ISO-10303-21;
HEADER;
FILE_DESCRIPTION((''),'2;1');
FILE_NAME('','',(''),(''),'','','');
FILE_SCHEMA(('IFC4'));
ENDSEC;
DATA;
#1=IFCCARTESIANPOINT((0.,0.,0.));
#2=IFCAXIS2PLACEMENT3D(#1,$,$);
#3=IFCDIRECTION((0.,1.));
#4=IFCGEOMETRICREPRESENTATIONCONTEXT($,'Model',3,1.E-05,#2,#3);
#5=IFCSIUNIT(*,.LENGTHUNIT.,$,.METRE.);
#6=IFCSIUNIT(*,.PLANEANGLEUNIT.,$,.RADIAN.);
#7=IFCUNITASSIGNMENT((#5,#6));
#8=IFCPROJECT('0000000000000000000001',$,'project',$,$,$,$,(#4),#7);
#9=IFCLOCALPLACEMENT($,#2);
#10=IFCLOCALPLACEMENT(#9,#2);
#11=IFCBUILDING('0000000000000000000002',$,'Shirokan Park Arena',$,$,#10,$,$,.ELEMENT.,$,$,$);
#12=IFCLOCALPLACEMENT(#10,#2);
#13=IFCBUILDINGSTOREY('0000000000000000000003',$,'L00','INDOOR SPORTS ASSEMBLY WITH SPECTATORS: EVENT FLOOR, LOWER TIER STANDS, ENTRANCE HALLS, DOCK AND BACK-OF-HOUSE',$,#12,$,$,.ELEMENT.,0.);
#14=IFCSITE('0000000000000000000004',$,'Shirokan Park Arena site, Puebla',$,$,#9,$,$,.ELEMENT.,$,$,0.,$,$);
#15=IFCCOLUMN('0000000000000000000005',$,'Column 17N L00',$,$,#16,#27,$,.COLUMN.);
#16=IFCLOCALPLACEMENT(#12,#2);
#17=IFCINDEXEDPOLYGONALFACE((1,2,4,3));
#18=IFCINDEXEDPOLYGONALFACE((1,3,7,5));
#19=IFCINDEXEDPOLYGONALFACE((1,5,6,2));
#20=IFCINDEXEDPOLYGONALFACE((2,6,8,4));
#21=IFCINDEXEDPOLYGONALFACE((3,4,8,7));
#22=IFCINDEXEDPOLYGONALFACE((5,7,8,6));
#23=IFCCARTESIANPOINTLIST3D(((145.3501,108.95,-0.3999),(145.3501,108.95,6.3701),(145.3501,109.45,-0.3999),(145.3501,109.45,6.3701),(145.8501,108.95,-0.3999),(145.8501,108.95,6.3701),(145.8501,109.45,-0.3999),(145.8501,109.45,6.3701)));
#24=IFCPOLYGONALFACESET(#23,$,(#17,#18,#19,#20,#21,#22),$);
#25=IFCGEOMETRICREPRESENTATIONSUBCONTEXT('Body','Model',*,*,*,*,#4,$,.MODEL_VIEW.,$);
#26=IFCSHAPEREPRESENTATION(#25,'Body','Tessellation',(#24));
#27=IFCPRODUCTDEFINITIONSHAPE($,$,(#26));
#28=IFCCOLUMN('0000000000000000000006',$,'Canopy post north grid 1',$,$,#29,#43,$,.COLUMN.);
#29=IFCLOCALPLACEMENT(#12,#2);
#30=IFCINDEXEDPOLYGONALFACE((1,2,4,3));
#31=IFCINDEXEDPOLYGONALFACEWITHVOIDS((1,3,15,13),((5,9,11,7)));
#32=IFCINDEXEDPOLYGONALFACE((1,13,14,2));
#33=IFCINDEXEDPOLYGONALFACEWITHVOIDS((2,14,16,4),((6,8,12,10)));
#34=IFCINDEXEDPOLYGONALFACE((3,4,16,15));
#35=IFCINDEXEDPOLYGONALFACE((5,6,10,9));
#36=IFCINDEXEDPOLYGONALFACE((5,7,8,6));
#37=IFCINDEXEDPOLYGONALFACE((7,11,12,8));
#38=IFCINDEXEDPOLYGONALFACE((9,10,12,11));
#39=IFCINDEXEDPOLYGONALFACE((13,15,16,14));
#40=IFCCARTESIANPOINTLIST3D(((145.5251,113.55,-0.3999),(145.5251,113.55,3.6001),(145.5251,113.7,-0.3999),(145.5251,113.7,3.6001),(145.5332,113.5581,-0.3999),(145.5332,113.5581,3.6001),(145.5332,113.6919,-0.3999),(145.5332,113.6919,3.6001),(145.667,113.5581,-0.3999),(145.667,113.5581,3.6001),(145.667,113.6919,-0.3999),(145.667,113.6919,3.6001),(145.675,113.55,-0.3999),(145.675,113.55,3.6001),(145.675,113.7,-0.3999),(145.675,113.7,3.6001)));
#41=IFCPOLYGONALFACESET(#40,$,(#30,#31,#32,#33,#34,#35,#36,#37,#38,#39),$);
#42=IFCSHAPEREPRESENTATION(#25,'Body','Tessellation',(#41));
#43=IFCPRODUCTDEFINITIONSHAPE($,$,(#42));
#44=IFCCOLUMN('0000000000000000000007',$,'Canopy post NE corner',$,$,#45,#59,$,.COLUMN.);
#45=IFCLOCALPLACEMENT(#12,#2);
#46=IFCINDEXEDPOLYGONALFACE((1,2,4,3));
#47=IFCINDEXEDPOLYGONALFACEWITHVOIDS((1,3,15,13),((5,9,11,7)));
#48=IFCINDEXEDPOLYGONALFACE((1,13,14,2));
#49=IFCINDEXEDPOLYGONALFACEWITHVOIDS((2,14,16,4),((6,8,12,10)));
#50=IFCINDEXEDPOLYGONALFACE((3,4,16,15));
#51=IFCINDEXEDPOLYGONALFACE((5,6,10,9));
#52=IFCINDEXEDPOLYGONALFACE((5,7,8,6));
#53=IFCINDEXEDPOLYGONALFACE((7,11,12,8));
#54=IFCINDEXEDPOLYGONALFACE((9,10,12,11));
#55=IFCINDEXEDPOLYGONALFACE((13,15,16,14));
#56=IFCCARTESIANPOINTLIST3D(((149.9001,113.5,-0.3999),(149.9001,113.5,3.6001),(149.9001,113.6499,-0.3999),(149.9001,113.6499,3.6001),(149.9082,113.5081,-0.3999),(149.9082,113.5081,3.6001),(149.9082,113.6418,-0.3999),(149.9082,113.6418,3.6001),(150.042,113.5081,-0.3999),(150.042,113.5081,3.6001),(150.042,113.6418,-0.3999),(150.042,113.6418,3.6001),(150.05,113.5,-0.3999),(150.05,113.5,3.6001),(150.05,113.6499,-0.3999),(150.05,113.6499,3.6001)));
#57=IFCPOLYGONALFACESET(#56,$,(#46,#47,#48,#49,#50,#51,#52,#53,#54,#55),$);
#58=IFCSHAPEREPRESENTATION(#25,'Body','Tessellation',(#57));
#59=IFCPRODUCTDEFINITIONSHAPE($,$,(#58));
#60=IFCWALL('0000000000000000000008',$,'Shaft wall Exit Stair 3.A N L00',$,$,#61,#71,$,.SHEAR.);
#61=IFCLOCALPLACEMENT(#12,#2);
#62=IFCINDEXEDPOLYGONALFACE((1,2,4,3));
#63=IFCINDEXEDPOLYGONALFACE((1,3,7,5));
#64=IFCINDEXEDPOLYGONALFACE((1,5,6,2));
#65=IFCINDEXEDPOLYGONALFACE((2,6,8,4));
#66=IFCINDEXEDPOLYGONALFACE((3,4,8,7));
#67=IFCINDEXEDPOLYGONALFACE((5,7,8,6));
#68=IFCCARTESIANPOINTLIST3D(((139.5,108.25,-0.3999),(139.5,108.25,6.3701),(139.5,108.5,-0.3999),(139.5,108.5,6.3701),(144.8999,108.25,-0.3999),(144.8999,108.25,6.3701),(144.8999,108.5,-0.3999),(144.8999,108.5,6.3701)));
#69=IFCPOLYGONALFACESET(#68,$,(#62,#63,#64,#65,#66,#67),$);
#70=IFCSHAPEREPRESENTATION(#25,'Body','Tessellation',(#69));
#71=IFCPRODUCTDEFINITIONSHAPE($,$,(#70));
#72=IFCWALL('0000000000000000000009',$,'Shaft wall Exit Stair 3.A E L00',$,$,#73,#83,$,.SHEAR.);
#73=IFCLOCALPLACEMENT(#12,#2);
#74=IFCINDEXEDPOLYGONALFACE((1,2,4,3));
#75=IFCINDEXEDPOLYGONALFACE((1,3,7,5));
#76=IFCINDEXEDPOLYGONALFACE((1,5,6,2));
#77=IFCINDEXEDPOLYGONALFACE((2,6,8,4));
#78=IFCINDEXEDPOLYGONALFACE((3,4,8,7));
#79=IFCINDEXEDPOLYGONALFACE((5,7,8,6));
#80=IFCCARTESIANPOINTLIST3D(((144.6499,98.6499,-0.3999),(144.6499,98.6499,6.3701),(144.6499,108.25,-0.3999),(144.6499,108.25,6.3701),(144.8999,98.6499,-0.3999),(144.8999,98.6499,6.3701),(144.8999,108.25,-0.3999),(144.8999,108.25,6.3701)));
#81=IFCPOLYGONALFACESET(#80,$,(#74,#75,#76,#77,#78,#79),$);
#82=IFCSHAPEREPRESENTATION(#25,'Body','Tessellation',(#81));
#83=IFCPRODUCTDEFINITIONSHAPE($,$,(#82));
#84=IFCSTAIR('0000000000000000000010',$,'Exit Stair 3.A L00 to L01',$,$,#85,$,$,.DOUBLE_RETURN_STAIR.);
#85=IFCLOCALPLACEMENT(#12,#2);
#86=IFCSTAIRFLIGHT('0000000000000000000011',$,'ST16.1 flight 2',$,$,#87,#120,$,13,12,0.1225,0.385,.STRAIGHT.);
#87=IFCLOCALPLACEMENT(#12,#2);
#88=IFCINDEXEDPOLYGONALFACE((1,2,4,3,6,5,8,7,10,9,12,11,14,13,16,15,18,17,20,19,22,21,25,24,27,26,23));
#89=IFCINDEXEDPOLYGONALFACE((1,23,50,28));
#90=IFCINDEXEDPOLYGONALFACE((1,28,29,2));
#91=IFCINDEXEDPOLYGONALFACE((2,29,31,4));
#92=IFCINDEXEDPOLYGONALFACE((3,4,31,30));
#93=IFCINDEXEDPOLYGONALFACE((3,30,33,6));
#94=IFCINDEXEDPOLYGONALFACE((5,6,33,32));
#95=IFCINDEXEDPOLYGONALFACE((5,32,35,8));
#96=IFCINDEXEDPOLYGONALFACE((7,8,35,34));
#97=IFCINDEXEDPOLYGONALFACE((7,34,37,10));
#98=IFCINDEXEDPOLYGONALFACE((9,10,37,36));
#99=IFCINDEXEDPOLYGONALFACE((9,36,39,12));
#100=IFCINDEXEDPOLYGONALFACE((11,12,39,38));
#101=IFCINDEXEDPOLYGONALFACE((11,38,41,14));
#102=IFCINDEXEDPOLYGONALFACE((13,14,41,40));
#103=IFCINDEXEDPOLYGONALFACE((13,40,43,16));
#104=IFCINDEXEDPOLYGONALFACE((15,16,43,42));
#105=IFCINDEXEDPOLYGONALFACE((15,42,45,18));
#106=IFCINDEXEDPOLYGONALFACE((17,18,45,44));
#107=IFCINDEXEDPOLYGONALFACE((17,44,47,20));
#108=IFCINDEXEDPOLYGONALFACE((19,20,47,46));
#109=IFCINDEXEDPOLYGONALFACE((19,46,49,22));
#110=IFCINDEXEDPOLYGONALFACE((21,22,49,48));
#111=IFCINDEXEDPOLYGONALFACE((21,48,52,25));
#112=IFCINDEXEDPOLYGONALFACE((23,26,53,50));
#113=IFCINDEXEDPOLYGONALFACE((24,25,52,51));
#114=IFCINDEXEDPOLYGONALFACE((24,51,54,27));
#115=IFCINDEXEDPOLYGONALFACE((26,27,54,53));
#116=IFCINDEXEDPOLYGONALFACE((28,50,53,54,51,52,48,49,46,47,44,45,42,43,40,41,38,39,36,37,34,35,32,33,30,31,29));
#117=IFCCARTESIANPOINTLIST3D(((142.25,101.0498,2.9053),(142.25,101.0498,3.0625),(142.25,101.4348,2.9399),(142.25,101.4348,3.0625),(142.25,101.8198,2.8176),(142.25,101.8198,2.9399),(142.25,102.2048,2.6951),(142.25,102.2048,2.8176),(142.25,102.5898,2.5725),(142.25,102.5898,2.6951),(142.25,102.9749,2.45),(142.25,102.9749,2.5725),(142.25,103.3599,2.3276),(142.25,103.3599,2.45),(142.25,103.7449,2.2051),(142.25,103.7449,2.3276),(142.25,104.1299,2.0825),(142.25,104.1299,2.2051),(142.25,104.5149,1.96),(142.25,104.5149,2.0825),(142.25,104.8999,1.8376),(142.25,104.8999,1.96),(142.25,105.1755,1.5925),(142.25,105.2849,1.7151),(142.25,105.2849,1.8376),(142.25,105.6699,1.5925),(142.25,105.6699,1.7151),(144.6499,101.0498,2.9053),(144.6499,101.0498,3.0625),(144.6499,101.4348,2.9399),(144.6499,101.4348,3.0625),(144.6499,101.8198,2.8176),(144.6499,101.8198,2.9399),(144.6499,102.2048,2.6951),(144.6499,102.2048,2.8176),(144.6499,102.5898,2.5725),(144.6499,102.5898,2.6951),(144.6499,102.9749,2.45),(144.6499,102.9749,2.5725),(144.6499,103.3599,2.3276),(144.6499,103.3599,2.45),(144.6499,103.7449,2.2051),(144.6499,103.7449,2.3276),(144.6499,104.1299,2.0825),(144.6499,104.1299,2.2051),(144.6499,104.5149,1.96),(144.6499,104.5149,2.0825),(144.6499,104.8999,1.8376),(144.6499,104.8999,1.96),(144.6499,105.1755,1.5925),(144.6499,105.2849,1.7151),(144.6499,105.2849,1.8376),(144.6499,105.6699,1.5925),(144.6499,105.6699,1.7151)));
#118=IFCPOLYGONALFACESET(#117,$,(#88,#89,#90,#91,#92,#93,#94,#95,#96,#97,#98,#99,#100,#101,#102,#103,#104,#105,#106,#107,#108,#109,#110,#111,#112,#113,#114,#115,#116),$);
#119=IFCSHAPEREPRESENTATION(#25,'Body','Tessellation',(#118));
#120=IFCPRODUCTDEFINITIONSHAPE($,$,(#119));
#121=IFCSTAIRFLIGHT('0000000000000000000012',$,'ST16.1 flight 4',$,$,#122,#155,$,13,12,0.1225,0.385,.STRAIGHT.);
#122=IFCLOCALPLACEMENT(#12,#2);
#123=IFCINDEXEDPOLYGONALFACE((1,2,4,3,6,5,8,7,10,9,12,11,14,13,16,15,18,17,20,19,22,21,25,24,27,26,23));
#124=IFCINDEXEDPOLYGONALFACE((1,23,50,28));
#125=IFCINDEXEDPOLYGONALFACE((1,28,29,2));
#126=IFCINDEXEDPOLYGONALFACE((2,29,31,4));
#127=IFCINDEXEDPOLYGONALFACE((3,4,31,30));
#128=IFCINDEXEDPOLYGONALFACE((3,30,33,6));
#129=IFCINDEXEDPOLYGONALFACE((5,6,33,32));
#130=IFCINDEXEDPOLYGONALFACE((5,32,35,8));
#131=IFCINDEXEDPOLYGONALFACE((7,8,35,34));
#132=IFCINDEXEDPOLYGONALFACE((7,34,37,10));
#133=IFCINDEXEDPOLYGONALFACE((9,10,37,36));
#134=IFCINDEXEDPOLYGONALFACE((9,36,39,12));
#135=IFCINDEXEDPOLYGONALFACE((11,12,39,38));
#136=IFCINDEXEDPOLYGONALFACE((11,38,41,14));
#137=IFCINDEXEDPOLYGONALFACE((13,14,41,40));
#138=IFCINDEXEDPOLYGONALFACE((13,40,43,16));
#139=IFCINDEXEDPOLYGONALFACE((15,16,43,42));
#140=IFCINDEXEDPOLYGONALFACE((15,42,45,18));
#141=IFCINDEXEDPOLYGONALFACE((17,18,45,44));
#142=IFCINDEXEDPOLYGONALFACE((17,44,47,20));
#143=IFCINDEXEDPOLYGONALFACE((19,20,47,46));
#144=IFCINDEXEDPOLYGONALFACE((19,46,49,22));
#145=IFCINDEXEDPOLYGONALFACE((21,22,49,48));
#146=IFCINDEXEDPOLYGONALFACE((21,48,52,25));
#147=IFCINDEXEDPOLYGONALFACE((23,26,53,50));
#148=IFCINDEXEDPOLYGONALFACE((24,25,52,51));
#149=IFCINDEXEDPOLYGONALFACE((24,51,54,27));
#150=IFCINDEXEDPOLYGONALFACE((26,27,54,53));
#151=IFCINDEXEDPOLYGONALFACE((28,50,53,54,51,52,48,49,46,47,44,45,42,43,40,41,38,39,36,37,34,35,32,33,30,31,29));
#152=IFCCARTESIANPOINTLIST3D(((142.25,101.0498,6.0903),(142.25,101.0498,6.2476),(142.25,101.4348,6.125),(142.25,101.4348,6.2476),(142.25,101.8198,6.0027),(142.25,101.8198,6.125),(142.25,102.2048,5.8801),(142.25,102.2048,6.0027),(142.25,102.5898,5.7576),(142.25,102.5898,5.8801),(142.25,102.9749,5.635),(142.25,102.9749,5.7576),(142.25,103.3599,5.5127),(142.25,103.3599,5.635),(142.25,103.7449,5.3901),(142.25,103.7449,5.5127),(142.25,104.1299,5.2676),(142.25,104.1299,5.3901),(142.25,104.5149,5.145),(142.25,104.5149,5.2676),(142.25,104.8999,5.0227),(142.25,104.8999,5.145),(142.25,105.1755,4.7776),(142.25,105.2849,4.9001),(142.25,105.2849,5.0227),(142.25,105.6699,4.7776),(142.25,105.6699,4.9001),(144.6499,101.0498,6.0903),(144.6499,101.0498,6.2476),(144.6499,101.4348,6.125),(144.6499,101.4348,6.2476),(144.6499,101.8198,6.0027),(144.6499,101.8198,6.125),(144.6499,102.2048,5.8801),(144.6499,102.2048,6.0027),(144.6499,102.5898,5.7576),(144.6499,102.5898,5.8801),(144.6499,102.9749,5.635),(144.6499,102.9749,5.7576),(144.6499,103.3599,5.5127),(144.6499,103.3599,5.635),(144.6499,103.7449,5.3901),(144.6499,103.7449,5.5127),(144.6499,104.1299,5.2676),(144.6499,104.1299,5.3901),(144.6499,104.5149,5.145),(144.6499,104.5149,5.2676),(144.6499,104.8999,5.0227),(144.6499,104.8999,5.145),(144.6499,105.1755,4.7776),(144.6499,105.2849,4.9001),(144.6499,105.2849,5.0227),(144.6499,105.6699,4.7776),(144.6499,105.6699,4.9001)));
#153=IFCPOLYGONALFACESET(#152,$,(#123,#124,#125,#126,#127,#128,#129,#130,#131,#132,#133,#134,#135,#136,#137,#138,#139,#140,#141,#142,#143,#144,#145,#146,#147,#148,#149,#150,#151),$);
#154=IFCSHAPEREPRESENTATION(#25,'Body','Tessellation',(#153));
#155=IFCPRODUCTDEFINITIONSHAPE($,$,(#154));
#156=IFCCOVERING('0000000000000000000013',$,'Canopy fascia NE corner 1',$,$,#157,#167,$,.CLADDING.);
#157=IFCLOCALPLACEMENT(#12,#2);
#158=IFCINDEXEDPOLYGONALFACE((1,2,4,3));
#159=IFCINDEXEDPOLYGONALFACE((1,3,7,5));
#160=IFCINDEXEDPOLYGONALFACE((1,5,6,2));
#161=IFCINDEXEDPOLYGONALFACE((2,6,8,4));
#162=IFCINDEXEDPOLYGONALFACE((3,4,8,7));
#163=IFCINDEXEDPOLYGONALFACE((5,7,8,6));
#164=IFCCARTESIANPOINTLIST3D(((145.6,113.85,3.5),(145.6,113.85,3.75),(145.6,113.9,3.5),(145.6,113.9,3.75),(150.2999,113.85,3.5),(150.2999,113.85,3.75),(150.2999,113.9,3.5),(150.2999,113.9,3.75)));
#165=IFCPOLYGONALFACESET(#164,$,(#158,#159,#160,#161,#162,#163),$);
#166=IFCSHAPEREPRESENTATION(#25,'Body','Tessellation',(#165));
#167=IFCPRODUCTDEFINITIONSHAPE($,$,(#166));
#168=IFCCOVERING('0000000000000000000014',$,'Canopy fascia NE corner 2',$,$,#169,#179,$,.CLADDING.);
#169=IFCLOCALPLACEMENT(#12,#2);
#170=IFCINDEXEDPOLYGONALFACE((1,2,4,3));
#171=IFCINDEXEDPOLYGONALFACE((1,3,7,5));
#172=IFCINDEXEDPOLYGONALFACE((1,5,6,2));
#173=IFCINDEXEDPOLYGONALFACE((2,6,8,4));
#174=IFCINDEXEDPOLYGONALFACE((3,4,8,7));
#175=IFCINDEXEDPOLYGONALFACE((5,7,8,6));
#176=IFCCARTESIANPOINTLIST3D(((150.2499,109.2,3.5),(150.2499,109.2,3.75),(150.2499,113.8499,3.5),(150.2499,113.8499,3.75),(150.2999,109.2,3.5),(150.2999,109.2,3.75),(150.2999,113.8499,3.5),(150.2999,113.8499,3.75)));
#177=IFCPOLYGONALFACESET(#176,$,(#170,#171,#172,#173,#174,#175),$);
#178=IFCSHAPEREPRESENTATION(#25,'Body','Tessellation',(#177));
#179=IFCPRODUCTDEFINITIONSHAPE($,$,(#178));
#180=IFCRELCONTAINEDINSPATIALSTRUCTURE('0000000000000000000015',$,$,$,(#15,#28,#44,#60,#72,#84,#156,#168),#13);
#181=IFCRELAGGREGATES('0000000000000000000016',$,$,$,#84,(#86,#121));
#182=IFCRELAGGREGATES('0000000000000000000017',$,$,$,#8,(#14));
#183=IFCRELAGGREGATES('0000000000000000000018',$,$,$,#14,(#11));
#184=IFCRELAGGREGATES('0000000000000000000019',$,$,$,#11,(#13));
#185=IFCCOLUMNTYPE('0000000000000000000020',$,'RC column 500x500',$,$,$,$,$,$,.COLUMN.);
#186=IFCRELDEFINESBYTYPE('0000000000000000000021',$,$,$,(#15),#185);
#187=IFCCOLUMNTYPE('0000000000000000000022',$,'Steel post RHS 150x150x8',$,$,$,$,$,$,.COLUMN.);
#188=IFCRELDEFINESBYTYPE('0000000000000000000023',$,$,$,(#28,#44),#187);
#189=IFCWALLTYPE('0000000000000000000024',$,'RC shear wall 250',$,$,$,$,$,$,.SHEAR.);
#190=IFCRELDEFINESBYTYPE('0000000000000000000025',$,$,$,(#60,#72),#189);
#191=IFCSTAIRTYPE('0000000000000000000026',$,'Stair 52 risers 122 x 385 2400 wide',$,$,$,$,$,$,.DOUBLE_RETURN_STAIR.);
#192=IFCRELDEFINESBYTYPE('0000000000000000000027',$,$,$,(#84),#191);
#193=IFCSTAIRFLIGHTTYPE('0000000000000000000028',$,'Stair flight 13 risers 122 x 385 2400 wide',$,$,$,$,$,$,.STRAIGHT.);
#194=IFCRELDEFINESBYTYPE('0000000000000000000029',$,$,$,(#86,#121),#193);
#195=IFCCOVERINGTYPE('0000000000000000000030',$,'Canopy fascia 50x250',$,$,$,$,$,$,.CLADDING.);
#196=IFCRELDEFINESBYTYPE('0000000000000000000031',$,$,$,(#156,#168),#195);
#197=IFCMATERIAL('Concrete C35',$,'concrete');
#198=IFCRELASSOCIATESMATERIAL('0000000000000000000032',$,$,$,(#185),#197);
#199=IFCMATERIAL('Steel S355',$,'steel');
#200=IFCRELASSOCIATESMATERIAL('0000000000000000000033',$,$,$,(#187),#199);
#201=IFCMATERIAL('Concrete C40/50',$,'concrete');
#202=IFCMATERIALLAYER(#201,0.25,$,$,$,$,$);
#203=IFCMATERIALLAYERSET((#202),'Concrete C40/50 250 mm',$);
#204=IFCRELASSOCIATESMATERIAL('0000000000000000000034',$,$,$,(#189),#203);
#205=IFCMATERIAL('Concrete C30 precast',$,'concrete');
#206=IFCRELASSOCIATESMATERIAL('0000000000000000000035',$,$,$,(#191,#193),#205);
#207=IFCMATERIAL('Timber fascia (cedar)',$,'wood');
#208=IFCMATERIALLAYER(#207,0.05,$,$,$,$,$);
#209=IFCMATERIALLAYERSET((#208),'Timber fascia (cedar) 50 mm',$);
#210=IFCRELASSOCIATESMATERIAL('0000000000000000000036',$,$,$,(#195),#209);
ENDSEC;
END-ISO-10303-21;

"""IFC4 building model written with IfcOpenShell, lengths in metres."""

from ifc_helpers import new_model, si_unit, direction, frame, frame_2d, origin, origin_2d, place, context, subcontext, project, spatial, polyline, rectangle, hollow_rectangle, outline, extrude, material, layer, layer_set, material_profile, profile_set, type_object, element, aggregate, save


model = new_model("IFC4")

# Units and contexts
model_context = context("Model", 3, precision=1e-05, world=origin(), true_north=direction((0.0, 1.0)))
body_context = subcontext(model_context, "Body", "Model", "MODEL_VIEW")
ifc_project = project(units=[si_unit("LENGTHUNIT", "METRE"), si_unit("PLANEANGLEUNIT", "RADIAN")], contexts=[model_context])

# Site, building, storey
site_placement = place(None, origin())
site = spatial("IfcSite", under=ifc_project, at=site_placement, Name="Shirokan Park Arena site, Puebla", CompositionType="ELEMENT", RefElevation=0.0)
building_placement = place(site_placement, origin())
building = spatial("IfcBuilding", under=site, at=building_placement, Name="Shirokan Park Arena", CompositionType="ELEMENT")
storey_placement = place(building_placement, origin())
storey = spatial("IfcBuildingStorey", under=building, at=storey_placement, Name="L00", Description="INDOOR SPORTS ASSEMBLY WITH SPECTATORS: EVENT FLOOR, LOWER TIER STANDS, ENTRANCE HALLS, DOCK AND BACK-OF-HOUSE", CompositionType="ELEMENT", Elevation=0.0)

# Columns
ifc_material_1 = material(Name="Concrete C35", Category="concrete")
ifc_material_profile_1 = material_profile(ifc_material_1, rectangle(XDim=0.5, YDim=0.5, at=origin_2d()), Name="500x500")
ifc_profile_set_1 = profile_set([ifc_material_profile_1], Name="Concrete C35")
column_type_1 = type_object("IfcColumnType", Name="RC column 500x500", PredefinedType="COLUMN", material=ifc_profile_set_1)
column_placement = place(storey_placement, frame((145.6001, 109.2, -0.3999), z_axis=(0.0, 0.0, 1.0), x_axis=(1.0, 0.0, 0.0)))
element("IfcColumn", 1, at=column_placement, inside=storey, type_object=column_type_1, Name="Column 17N L00", PredefinedType="COLUMN", context=body_context, shape_type="SweptSolid", body=[
    extrude(rectangle(XDim=0.5, YDim=0.5, at=origin_2d()), origin(), (0.0, 0.0, 1.0), 6.77),
])
ifc_material_2 = material(Name="Steel S355", Category="steel")
ifc_material_profile_2 = material_profile(ifc_material_2, hollow_rectangle(XDim=0.1499, YDim=0.1499, WallThickness=0.0081, at=origin_2d()), Name="RHS 150x150x8")
ifc_profile_set_2 = profile_set([ifc_material_profile_2], Name="Steel S355")
column_type_2 = type_object("IfcColumnType", Name="Steel post RHS 150x150x8", PredefinedType="COLUMN", material=ifc_profile_set_2)
for number, where, z_axis, x_axis, name in (
    (2, (145.6001, 113.625, -0.3999), (0.0, 0.0, 1.0), (1.0, 0.0, 0.0), "Canopy post north grid 1"),
    (3, (149.9751, 113.575, -0.3999), (0.0, 0.0, 1.0), (1.0, 0.0, 0.0), "Canopy post NE corner"),
):
    element("IfcColumn", number, at=place(storey_placement, frame(where, z_axis=z_axis, x_axis=x_axis)), inside=storey, type_object=column_type_2, Name=name, PredefinedType="COLUMN", context=body_context, shape_type="SweptSolid", body=[
        extrude(hollow_rectangle(XDim=0.1499, YDim=0.1499, WallThickness=0.0081, at=origin_2d()), origin(), (0.0, 0.0, 1.0), 4.0),
    ])

# Walls
ifc_material_3 = material(Name="Concrete C40/50", Category="concrete")
ifc_layer_1 = layer(ifc_material_3, 0.25)
ifc_layer_set_1 = layer_set([ifc_layer_1], Name="Concrete C40/50 250 mm")
wall_type_1 = type_object("IfcWallType", Name="RC shear wall 250", PredefinedType="SHEAR", material=ifc_layer_set_1)
wall_1_placement = place(storey_placement, frame((144.8999, 108.375, -0.3999), z_axis=(0.0, 0.0, 1.0), x_axis=(-1.0, 0.0, 0.0)))
element("IfcWall", 4, at=wall_1_placement, inside=storey, type_object=wall_type_1, Name="Shaft wall Exit Stair 3.A N L00", PredefinedType="SHEAR", context=body_context, shape_type="SweptSolid", body=[
    extrude(rectangle(XDim=5.3999, YDim=0.25, at=frame_2d((2.7, 0.0))), origin(), (0.0, 0.0, 1.0), 6.77),
])
wall_2_placement = place(storey_placement, frame((144.7749, 108.25, -0.3999), z_axis=(0.0, 0.0, 1.0), x_axis=(0.0, -1.0, 0.0)))
element("IfcWall", 5, at=wall_2_placement, inside=storey, type_object=wall_type_1, Name="Shaft wall Exit Stair 3.A E L00", PredefinedType="SHEAR", context=body_context, shape_type="SweptSolid", body=[
    extrude(rectangle(XDim=9.6001, YDim=0.25, at=frame_2d((4.8, 0.0))), origin(), (0.0, 0.0, 1.0), 6.77),
])

# Stair, stair flights
ifc_material_4 = material(Name="Concrete C30 precast", Category="concrete")
stair_type = type_object("IfcStairType", Name="Stair 52 risers 122 x 385 2400 wide", PredefinedType="DOUBLE_RETURN_STAIR", material=ifc_material_4)
stair_placement = place(storey_placement, origin())
stair = element("IfcStair", 6, at=stair_placement, inside=storey, type_object=stair_type, Name="Exit Stair 3.A L00 to L01", PredefinedType="DOUBLE_RETURN_STAIR")
stair_flight_type = type_object("IfcStairFlightType", Name="Stair flight 13 risers 122 x 385 2400 wide", PredefinedType="STRAIGHT", material=ifc_material_4)
stair_flight_1_placement = place(storey_placement, frame((143.45, 105.6699, 1.5925), z_axis=(0.0, 0.0, 1.0), x_axis=(0.0, -1.0, 0.0)))
stair_flight_1 = element("IfcStairFlight", 7, at=stair_flight_1_placement, type_object=stair_flight_type, Name="ST16.1 flight 2", NumberOfRisers=13, NumberOfTreads=12, PredefinedType="STRAIGHT", RiserHeight=0.1225, TreadLength=0.385, context=body_context, shape_type="SweptSolid", body=[
    extrude(outline(polyline([(0.0, 0.0), (0.0, 0.1226), (0.385, 0.1226), (0.385, 0.2451), (0.77, 0.2451), (0.77, 0.3674), (1.155, 0.3674), (1.155, 0.49), (1.54, 0.49), (1.54, 0.6125), (1.925, 0.6125), (1.925, 0.7351), (2.3101, 0.7351), (2.3101, 0.8574), (2.6951, 0.8574), (2.6951, 0.98), (3.0801, 0.98), (3.0801, 1.1025), (3.4651, 1.1025), (3.4651, 1.2251), (3.8501, 1.2251), (3.8501, 1.3474), (4.2351, 1.3474), (4.2351, 1.47), (4.6201, 1.47), (4.6201, 1.5925), (4.6201, 1.3127), (0.4944, 0.0), (0.0, 0.0)])), frame((0.0, 1.2, 0.0), z_axis=(0.0, -1.0, 0.0), x_axis=(1.0, 0.0, 0.0)), (0.0, 0.0, 1.0), 2.3999),
])
stair_flight_2_placement = place(storey_placement, frame((143.45, 105.6699, 4.7776), z_axis=(0.0, 0.0, 1.0), x_axis=(0.0, -1.0, 0.0)))
stair_flight_2 = element("IfcStairFlight", 8, at=stair_flight_2_placement, type_object=stair_flight_type, Name="ST16.1 flight 4", NumberOfRisers=13, NumberOfTreads=12, PredefinedType="STRAIGHT", RiserHeight=0.1225, TreadLength=0.385, context=body_context, shape_type="SweptSolid", body=[
    extrude(outline(polyline([(0.0, 0.0), (0.0, 0.1226), (0.385, 0.1226), (0.385, 0.2451), (0.77, 0.2451), (0.77, 0.3674), (1.155, 0.3674), (1.155, 0.49), (1.54, 0.49), (1.54, 0.6125), (1.925, 0.6125), (1.925, 0.7351), (2.3101, 0.7351), (2.3101, 0.8574), (2.6951, 0.8574), (2.6951, 0.98), (3.0801, 0.98), (3.0801, 1.1025), (3.4651, 1.1025), (3.4651, 1.2251), (3.8501, 1.2251), (3.8501, 1.3474), (4.2351, 1.3474), (4.2351, 1.47), (4.6201, 1.47), (4.6201, 1.5925), (4.6201, 1.3127), (0.4944, 0.0), (0.0, 0.0)])), frame((0.0, 1.2, 0.0), z_axis=(0.0, -1.0, 0.0), x_axis=(1.0, 0.0, 0.0)), (0.0, 0.0, 1.0), 2.3999),
])
aggregate(stair, [stair_flight_1, stair_flight_2])

# Coverings
ifc_material_5 = material(Name="Timber fascia (cedar)", Category="wood")
ifc_layer_2 = layer(ifc_material_5, 0.05)
ifc_layer_set_2 = layer_set([ifc_layer_2], Name="Timber fascia (cedar) 50 mm")
covering_type_1 = type_object("IfcCoveringType", Name="Canopy fascia 50x250", PredefinedType="CLADDING", material=ifc_layer_set_2)
covering_1_placement = place(storey_placement, frame((147.95, 113.875, 3.5), z_axis=(0.0, 0.0, 1.0), x_axis=(1.0, 0.0, 0.0)))
element("IfcCovering", 9, at=covering_1_placement, inside=storey, type_object=covering_type_1, Name="Canopy fascia NE corner 1", PredefinedType="CLADDING", context=body_context, shape_type="SweptSolid", body=[
    extrude(rectangle(XDim=4.7, YDim=0.05, at=origin_2d()), origin(), (0.0, 0.0, 1.0), 0.25),
])
covering_2_placement = place(storey_placement, frame((150.2749, 111.5249, 3.5), z_axis=(0.0, 0.0, 1.0), x_axis=(1.0, 0.0, 0.0)))
element("IfcCovering", 10, at=covering_2_placement, inside=storey, type_object=covering_type_1, Name="Canopy fascia NE corner 2", PredefinedType="CLADDING", context=body_context, shape_type="SweptSolid", body=[
    extrude(rectangle(XDim=0.05, YDim=4.6499, at=origin_2d()), origin(), (0.0, 0.0, 1.0), 0.25),
])

save(model, "model.ifc")
